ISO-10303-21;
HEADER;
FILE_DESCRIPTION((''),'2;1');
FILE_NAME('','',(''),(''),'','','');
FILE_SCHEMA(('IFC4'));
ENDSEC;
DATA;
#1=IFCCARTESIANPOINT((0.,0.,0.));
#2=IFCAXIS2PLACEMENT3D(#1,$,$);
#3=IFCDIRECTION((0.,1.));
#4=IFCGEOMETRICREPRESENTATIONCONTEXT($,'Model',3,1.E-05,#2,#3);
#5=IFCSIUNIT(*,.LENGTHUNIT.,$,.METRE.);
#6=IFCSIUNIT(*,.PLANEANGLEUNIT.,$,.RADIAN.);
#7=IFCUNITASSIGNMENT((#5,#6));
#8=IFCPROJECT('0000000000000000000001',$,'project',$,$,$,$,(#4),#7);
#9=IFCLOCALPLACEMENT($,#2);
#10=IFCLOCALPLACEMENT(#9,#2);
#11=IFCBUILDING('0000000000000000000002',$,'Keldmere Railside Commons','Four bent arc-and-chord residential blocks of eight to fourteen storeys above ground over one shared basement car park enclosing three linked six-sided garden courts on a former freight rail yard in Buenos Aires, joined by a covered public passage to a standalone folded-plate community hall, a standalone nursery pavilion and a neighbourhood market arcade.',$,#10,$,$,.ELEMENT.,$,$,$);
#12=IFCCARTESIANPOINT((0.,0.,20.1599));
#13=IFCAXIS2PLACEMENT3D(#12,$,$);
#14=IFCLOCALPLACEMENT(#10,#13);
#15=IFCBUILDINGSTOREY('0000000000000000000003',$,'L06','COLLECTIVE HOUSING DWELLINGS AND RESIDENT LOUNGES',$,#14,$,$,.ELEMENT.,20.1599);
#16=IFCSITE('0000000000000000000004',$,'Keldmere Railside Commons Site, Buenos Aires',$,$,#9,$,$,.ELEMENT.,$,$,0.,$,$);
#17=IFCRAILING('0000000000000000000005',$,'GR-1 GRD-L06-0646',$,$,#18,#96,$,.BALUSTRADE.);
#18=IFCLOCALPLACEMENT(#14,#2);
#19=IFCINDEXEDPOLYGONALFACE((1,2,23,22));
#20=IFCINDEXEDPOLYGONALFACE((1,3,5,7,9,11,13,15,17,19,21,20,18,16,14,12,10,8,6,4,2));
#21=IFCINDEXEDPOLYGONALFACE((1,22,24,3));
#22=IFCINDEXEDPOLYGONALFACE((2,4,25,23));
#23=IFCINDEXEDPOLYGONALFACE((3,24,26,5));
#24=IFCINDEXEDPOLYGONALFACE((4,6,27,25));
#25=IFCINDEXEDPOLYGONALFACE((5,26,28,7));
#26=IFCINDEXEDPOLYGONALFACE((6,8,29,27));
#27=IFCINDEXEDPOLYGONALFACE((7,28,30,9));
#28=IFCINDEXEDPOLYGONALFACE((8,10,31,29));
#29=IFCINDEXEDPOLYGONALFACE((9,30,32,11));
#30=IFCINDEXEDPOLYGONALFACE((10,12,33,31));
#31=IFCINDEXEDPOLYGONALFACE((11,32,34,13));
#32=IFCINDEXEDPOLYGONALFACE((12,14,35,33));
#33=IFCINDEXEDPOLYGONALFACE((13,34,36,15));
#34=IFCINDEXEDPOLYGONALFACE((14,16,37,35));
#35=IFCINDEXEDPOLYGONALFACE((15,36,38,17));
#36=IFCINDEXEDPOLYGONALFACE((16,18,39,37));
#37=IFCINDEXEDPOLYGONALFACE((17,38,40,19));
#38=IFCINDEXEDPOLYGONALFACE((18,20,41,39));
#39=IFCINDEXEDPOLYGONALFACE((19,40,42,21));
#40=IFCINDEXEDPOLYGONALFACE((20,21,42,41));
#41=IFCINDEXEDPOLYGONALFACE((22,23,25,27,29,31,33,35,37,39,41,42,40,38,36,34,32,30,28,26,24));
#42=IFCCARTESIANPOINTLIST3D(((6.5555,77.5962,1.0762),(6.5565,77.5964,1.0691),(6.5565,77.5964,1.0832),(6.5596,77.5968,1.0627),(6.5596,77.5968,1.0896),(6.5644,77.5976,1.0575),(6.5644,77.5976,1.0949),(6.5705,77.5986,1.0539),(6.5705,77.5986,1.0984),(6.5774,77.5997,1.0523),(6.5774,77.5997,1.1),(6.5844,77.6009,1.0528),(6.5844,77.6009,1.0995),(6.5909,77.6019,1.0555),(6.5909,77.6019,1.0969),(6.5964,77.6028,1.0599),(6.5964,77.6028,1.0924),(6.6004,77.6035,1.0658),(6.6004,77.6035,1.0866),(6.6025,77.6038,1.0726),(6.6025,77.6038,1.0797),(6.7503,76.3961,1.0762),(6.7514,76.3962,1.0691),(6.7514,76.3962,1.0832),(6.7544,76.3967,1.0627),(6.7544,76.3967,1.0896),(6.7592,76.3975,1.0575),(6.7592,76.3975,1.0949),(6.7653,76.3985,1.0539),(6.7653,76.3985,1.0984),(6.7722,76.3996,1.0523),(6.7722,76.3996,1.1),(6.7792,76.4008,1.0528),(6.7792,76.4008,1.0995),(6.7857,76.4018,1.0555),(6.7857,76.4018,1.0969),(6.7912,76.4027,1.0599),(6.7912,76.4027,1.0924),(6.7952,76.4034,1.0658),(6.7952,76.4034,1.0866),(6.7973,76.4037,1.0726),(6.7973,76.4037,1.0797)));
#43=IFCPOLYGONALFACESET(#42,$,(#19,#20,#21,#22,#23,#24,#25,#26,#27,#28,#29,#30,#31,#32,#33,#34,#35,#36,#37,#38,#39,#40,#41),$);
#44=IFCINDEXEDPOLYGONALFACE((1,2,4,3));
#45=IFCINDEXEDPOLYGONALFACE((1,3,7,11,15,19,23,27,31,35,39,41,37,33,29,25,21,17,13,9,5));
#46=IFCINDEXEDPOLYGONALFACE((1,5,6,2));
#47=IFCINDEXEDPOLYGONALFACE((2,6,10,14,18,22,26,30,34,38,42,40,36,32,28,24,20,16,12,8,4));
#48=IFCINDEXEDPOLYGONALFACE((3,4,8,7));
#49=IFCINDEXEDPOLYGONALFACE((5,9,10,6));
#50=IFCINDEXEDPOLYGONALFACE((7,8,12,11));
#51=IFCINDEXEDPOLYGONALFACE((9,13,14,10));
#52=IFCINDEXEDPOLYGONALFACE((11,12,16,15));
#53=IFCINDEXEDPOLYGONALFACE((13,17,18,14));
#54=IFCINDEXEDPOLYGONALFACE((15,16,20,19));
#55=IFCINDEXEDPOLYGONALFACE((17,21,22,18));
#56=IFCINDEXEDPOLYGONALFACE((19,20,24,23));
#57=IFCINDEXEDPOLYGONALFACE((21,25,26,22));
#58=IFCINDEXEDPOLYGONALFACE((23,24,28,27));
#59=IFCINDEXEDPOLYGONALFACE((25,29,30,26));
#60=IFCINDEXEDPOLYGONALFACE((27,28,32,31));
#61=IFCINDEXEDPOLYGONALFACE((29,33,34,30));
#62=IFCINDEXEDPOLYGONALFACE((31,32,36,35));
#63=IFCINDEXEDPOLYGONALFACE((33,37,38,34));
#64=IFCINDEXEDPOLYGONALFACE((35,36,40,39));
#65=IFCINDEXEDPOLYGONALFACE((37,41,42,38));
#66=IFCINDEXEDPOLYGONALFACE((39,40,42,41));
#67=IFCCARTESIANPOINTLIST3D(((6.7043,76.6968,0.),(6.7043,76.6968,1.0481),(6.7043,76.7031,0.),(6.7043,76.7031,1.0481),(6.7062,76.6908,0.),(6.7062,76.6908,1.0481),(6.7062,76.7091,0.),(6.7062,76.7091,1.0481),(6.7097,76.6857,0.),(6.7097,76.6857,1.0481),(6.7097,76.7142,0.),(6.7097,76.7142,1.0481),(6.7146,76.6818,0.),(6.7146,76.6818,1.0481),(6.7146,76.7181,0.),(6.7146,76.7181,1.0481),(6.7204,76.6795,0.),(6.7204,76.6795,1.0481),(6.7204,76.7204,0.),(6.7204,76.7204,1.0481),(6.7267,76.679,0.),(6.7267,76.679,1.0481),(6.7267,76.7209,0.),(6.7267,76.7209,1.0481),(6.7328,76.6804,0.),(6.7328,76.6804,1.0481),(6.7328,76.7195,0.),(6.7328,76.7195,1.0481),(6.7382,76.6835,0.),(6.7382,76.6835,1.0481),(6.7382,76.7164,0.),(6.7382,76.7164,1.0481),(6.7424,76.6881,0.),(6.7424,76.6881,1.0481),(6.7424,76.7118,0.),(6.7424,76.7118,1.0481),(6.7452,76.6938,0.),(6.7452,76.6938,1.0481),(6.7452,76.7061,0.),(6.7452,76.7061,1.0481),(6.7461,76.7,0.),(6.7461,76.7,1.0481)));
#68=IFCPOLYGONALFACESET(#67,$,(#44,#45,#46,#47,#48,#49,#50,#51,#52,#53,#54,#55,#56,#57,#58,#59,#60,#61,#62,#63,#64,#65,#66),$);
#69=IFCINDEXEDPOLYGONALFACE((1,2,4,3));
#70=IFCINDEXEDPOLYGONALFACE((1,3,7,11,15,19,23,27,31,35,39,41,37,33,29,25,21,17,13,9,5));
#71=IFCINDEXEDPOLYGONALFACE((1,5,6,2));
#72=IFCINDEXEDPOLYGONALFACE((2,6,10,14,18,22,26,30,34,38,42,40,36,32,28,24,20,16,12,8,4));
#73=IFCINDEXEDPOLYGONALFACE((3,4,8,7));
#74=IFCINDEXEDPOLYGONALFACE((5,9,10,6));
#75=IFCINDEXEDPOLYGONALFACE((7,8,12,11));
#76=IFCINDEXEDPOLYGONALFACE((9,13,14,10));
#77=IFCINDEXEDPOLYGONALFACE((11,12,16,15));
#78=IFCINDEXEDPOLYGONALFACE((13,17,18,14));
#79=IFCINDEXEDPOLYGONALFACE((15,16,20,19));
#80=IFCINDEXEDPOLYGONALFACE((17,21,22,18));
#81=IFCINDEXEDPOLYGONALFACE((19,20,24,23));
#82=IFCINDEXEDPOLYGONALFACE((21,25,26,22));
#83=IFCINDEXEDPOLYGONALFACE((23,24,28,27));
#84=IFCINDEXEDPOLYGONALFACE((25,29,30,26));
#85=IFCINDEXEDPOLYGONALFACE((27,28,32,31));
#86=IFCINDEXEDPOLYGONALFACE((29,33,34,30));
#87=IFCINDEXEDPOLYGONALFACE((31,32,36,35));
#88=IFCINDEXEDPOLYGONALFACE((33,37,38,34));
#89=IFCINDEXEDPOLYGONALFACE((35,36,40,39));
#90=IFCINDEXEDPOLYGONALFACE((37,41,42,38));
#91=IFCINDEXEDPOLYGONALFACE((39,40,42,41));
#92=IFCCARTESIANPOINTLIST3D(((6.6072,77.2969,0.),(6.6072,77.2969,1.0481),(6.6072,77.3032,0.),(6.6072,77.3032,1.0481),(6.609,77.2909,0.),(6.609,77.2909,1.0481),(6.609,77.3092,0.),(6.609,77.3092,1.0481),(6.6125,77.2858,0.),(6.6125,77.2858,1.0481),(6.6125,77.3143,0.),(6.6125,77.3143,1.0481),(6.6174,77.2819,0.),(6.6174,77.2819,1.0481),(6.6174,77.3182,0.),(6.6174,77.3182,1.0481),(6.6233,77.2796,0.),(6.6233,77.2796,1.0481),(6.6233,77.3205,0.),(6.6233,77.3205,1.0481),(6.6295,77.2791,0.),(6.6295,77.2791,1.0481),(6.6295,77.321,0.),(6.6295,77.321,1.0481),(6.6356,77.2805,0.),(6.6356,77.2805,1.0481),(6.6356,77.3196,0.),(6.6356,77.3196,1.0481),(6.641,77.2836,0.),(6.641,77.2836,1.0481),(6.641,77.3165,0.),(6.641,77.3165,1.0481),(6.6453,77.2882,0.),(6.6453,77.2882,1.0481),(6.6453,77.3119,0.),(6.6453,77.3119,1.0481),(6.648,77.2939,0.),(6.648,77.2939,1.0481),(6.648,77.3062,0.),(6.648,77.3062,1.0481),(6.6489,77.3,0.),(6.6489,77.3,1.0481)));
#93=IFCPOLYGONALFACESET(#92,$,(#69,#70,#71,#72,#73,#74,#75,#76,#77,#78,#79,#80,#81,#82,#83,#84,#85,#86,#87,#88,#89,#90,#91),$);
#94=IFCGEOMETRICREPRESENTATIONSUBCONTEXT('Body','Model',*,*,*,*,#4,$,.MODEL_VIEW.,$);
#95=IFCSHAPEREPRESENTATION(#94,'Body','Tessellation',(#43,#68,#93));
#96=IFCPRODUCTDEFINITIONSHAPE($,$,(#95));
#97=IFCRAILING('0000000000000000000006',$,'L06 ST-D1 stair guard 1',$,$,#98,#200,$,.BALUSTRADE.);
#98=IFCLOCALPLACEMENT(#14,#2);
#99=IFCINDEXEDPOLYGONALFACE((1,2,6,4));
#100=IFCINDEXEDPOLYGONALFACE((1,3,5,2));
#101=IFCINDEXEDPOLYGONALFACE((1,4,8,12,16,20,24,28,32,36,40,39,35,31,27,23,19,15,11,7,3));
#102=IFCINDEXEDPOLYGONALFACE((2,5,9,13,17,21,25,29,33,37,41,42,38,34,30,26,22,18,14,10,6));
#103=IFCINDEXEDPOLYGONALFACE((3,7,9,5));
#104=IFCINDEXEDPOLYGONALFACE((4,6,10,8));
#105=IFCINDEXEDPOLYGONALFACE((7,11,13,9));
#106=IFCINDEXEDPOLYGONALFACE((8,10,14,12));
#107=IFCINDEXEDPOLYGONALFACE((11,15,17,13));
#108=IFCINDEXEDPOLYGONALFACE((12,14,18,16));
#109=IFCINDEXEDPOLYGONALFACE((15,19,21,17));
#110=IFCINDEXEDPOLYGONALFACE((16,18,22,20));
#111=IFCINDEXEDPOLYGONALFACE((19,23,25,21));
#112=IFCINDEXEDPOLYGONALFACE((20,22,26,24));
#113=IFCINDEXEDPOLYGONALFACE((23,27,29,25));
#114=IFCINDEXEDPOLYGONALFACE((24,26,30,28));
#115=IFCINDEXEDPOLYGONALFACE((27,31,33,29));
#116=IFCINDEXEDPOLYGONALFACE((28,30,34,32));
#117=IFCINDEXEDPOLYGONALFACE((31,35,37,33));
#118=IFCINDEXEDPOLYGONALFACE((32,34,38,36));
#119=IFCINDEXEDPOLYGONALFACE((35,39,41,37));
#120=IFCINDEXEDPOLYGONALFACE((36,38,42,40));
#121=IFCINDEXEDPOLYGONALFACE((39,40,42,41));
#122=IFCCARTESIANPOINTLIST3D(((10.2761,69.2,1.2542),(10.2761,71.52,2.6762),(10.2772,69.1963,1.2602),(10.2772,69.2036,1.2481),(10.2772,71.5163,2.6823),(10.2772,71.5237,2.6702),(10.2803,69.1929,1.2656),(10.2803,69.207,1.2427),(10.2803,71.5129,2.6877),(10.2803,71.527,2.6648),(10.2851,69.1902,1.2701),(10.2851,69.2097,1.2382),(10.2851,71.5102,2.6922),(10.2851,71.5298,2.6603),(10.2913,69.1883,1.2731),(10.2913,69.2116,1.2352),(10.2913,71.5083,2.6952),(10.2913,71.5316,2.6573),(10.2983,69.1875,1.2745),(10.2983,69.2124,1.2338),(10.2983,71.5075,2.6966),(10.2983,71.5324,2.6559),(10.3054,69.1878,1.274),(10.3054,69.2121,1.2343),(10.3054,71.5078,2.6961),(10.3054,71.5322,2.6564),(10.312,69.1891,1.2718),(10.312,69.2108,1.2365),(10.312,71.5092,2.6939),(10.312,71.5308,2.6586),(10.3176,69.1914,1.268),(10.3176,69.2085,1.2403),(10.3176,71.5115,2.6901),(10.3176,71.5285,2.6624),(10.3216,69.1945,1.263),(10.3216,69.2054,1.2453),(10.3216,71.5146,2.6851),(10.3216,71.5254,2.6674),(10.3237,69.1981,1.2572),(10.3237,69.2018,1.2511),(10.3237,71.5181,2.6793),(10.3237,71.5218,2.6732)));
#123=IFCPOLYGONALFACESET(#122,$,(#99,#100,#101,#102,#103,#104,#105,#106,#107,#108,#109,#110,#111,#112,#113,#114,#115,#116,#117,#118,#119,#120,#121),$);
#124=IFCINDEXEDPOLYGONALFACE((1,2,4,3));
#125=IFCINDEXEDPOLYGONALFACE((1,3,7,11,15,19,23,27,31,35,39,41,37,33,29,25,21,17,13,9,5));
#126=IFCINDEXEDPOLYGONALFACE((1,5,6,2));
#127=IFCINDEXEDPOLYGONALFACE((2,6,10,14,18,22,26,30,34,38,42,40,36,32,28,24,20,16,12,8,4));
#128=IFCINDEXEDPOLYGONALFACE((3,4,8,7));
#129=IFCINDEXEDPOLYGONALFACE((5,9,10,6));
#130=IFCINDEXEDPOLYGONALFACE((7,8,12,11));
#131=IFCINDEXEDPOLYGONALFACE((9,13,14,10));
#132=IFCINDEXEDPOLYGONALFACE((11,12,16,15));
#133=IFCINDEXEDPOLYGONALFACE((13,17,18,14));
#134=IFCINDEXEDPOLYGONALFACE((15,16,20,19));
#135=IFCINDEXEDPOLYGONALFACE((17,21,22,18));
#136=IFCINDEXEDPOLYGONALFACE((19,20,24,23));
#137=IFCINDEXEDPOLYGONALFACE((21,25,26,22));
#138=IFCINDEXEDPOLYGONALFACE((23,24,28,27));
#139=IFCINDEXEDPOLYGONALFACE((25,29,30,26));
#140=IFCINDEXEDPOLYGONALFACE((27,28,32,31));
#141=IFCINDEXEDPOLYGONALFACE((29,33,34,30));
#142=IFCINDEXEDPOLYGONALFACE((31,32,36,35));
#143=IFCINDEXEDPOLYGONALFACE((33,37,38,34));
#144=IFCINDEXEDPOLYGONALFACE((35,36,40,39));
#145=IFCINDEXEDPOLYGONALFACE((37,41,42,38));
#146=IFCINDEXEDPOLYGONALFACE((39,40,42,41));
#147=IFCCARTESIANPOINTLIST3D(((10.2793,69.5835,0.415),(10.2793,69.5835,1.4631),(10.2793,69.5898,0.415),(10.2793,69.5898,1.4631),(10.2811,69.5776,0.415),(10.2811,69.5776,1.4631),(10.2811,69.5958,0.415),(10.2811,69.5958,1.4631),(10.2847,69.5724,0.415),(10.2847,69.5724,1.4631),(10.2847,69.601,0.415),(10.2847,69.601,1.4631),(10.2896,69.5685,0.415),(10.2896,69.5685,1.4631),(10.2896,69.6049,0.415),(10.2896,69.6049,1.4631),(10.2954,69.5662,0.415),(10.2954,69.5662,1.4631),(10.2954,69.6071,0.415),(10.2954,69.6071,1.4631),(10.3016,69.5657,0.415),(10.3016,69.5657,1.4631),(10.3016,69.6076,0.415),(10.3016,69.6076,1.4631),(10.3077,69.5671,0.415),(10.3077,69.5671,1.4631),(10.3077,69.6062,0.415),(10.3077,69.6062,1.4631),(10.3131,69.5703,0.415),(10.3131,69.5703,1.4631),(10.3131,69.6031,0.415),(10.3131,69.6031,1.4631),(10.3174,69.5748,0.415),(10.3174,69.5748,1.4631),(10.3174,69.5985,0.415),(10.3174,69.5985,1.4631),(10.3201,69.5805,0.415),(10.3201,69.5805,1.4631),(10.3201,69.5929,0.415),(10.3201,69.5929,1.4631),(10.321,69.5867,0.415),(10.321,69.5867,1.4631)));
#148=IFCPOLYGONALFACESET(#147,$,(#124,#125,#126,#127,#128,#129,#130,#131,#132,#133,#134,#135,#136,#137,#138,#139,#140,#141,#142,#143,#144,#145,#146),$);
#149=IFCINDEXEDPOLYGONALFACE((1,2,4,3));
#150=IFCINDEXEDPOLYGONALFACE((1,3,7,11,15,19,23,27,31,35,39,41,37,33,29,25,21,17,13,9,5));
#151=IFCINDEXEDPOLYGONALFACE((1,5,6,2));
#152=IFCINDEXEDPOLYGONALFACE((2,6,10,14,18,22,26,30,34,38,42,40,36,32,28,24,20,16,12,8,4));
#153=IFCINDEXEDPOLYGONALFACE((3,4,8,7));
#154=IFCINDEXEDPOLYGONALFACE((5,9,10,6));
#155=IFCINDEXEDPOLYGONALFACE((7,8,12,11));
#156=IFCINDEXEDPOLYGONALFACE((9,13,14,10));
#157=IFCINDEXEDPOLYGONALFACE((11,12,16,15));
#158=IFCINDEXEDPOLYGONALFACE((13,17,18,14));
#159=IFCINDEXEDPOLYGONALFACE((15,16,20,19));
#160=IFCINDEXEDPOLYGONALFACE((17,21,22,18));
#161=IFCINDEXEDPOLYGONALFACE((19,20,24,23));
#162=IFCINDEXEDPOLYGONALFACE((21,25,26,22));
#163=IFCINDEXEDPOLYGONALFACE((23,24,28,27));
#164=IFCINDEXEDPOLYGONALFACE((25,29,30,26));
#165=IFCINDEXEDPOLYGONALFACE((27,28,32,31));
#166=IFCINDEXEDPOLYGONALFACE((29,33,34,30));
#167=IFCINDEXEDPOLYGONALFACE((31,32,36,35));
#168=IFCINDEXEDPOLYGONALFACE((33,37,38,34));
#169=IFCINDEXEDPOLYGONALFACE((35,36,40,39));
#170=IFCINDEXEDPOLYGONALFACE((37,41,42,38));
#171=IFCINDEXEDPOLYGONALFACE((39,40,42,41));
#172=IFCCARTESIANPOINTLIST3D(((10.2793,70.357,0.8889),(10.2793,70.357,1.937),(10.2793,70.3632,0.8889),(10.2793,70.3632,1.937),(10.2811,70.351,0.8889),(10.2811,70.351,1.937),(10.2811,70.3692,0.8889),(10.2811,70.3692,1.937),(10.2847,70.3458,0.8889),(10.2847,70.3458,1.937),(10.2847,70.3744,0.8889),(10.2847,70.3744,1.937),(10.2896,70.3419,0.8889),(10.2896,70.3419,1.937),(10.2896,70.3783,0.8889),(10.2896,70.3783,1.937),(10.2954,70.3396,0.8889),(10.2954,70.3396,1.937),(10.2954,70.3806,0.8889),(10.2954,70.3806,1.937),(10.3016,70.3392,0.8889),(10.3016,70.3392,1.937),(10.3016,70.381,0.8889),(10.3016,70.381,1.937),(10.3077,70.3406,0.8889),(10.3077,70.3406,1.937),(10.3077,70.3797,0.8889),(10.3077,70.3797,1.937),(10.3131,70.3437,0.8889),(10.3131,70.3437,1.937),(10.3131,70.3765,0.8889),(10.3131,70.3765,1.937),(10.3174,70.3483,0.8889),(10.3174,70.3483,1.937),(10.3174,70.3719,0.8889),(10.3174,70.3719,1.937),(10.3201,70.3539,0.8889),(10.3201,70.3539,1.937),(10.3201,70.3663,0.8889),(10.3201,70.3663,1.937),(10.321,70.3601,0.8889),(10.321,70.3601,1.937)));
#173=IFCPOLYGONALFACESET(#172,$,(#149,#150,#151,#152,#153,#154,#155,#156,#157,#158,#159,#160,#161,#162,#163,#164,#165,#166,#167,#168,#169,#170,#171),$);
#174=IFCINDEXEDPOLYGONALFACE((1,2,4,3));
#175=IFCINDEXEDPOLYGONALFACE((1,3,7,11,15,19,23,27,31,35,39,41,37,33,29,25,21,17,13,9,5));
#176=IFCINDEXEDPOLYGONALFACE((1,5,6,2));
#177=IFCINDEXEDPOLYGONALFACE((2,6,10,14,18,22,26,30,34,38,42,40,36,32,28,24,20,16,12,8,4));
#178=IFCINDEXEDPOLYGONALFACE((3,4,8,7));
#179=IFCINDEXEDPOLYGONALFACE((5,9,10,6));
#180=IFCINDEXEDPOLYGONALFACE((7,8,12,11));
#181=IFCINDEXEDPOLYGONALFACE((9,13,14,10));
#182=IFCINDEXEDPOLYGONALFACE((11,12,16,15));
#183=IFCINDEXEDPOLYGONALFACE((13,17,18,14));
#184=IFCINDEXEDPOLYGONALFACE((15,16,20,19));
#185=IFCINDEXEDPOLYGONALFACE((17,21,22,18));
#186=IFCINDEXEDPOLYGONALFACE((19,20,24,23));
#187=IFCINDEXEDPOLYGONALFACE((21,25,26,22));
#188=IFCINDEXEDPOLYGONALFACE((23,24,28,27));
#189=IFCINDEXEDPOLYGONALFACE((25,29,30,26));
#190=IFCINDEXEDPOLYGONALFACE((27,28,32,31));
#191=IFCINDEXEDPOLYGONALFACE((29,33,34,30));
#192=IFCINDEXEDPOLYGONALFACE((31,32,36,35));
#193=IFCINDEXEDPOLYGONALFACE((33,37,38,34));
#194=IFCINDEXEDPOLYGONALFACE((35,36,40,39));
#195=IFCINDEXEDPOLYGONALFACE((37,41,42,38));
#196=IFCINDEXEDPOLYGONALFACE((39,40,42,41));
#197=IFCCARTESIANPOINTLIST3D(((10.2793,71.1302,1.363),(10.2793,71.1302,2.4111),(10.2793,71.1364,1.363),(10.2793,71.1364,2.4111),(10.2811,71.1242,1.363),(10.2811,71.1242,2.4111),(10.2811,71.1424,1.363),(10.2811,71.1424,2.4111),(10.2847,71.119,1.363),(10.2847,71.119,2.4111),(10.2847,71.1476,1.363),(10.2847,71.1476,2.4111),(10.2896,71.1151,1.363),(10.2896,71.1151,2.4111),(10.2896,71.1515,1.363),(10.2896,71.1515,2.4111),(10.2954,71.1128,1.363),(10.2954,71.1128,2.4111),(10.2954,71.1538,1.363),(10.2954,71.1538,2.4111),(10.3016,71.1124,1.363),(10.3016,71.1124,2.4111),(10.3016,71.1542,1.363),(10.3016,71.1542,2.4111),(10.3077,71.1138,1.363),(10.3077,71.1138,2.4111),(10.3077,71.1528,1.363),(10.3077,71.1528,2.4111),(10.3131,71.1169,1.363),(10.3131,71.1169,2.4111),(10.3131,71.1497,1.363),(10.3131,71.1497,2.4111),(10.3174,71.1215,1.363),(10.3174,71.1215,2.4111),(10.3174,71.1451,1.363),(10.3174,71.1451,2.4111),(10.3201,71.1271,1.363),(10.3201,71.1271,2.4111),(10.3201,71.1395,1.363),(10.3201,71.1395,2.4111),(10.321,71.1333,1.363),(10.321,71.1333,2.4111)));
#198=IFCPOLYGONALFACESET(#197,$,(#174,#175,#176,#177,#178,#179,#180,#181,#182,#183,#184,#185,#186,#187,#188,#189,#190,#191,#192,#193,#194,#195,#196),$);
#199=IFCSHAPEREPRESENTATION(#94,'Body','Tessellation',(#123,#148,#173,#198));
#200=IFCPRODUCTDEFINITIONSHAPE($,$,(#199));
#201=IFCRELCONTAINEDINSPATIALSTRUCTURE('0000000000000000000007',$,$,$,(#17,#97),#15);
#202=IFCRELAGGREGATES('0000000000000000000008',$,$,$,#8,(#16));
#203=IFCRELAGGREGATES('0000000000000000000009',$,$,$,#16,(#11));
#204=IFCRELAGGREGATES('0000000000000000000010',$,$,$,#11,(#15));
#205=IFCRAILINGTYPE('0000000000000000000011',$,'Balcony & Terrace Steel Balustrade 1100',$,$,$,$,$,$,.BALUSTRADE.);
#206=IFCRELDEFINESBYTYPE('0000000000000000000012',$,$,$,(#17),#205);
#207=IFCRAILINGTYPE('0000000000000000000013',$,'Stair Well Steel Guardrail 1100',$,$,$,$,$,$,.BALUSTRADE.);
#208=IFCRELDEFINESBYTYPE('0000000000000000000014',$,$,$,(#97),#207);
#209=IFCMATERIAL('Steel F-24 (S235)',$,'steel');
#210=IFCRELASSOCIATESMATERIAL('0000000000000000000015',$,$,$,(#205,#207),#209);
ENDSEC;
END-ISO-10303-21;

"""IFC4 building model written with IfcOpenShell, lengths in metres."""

from ifc_helpers import new_model, si_unit, direction, frame, origin, origin_2d, place, context, subcontext, project, spatial, circle, extrude, material, type_object, element, save


model = new_model("IFC4")

# Units and contexts
model_context = context("Model", 3, precision=1e-05, world=origin(), true_north=direction((0.0, 1.0)))
body_context = subcontext(model_context, "Body", "Model", "MODEL_VIEW")
ifc_project = project(units=[si_unit("LENGTHUNIT", "METRE"), si_unit("PLANEANGLEUNIT", "RADIAN")], contexts=[model_context])

# Site, building, storey
site_placement = place(None, origin())
site = spatial("IfcSite", under=ifc_project, at=site_placement, Name="Keldmere Railside Commons Site, Buenos Aires", CompositionType="ELEMENT", RefElevation=0.0)
building_placement = place(site_placement, origin())
building = spatial("IfcBuilding", under=site, at=building_placement, Name="Keldmere Railside Commons", Description="Four bent arc-and-chord residential blocks of eight to fourteen storeys above ground over one shared basement car park enclosing three linked six-sided garden courts on a former freight rail yard in Buenos Aires, joined by a covered public passage to a standalone folded-plate community hall, a standalone nursery pavilion and a neighbourhood market arcade.", CompositionType="ELEMENT")
storey_placement = place(building_placement, frame((0.0, 0.0, 20.1599)))
storey = spatial("IfcBuildingStorey", under=building, at=storey_placement, Name="L06", Description="COLLECTIVE HOUSING DWELLINGS AND RESIDENT LOUNGES", CompositionType="ELEMENT", Elevation=20.1599)

# Shared definitions
ifc_material_1 = material(Name="Steel F-24 (S235)", Category="steel")

# Railings
railing_type_1 = type_object("IfcRailingType", Name="Balcony & Terrace Steel Balustrade 1100", PredefinedType="BALUSTRADE", material=ifc_material_1)
railing_1_placement = place(storey_placement, frame((6.7739, 76.3999, 0.0)))
element("IfcRailing", 1, at=railing_1_placement, inside=storey, type_object=railing_type_1, Name="GR-1 GRD-L06-0646", PredefinedType="BALUSTRADE", context=body_context, shape_type="SweptSolid", body=[
    extrude(circle(Radius=0.0239, at=origin_2d()), frame((0.0, 0.0, 1.0762), z_axis=(-0.16023, 0.98708, 0.0), x_axis=(-0.98708, -0.16023, 0.0)), (0.0, 0.0, 1.0), 1.2158),
    extrude(circle(Radius=0.021, at=origin_2d()), frame((-0.0488, 0.3, 0.0)), (0.0, 0.0, 1.0), 1.0481),
    extrude(circle(Radius=0.021, at=origin_2d()), frame((-0.146, 0.9001, 0.0)), (0.0, 0.0, 1.0), 1.0481),
])
railing_type_2 = type_object("IfcRailingType", Name="Stair Well Steel Guardrail 1100", PredefinedType="BALUSTRADE", material=ifc_material_1)
railing_2_placement = place(storey_placement, frame((10.3, 69.2, 0.178)))
element("IfcRailing", 2, at=railing_2_placement, inside=storey, type_object=railing_type_2, Name="L06 ST-D1 stair guard 1", PredefinedType="BALUSTRADE", context=body_context, shape_type="SweptSolid", body=[
    extrude(circle(Radius=0.0239, at=origin_2d()), frame((0.0, 0.0, 1.0762), z_axis=(0.0, 0.852578, 0.5226), x_axis=(-1.0, 0.0, 0.0)), (0.0, 0.0, 1.0), 2.7212),
    extrude(circle(Radius=0.021, at=origin_2d()), frame((0.0, 0.3867, 0.2371)), (0.0, 0.0, 1.0), 1.0481),
    extrude(circle(Radius=0.021, at=origin_2d()), frame((0.0, 1.1602, 0.7109)), (0.0, 0.0, 1.0), 1.0481),
    extrude(circle(Radius=0.021, at=origin_2d()), frame((0.0, 1.9333, 1.1851)), (0.0, 0.0, 1.0), 1.0481),
])

save(model, "model.ifc")
